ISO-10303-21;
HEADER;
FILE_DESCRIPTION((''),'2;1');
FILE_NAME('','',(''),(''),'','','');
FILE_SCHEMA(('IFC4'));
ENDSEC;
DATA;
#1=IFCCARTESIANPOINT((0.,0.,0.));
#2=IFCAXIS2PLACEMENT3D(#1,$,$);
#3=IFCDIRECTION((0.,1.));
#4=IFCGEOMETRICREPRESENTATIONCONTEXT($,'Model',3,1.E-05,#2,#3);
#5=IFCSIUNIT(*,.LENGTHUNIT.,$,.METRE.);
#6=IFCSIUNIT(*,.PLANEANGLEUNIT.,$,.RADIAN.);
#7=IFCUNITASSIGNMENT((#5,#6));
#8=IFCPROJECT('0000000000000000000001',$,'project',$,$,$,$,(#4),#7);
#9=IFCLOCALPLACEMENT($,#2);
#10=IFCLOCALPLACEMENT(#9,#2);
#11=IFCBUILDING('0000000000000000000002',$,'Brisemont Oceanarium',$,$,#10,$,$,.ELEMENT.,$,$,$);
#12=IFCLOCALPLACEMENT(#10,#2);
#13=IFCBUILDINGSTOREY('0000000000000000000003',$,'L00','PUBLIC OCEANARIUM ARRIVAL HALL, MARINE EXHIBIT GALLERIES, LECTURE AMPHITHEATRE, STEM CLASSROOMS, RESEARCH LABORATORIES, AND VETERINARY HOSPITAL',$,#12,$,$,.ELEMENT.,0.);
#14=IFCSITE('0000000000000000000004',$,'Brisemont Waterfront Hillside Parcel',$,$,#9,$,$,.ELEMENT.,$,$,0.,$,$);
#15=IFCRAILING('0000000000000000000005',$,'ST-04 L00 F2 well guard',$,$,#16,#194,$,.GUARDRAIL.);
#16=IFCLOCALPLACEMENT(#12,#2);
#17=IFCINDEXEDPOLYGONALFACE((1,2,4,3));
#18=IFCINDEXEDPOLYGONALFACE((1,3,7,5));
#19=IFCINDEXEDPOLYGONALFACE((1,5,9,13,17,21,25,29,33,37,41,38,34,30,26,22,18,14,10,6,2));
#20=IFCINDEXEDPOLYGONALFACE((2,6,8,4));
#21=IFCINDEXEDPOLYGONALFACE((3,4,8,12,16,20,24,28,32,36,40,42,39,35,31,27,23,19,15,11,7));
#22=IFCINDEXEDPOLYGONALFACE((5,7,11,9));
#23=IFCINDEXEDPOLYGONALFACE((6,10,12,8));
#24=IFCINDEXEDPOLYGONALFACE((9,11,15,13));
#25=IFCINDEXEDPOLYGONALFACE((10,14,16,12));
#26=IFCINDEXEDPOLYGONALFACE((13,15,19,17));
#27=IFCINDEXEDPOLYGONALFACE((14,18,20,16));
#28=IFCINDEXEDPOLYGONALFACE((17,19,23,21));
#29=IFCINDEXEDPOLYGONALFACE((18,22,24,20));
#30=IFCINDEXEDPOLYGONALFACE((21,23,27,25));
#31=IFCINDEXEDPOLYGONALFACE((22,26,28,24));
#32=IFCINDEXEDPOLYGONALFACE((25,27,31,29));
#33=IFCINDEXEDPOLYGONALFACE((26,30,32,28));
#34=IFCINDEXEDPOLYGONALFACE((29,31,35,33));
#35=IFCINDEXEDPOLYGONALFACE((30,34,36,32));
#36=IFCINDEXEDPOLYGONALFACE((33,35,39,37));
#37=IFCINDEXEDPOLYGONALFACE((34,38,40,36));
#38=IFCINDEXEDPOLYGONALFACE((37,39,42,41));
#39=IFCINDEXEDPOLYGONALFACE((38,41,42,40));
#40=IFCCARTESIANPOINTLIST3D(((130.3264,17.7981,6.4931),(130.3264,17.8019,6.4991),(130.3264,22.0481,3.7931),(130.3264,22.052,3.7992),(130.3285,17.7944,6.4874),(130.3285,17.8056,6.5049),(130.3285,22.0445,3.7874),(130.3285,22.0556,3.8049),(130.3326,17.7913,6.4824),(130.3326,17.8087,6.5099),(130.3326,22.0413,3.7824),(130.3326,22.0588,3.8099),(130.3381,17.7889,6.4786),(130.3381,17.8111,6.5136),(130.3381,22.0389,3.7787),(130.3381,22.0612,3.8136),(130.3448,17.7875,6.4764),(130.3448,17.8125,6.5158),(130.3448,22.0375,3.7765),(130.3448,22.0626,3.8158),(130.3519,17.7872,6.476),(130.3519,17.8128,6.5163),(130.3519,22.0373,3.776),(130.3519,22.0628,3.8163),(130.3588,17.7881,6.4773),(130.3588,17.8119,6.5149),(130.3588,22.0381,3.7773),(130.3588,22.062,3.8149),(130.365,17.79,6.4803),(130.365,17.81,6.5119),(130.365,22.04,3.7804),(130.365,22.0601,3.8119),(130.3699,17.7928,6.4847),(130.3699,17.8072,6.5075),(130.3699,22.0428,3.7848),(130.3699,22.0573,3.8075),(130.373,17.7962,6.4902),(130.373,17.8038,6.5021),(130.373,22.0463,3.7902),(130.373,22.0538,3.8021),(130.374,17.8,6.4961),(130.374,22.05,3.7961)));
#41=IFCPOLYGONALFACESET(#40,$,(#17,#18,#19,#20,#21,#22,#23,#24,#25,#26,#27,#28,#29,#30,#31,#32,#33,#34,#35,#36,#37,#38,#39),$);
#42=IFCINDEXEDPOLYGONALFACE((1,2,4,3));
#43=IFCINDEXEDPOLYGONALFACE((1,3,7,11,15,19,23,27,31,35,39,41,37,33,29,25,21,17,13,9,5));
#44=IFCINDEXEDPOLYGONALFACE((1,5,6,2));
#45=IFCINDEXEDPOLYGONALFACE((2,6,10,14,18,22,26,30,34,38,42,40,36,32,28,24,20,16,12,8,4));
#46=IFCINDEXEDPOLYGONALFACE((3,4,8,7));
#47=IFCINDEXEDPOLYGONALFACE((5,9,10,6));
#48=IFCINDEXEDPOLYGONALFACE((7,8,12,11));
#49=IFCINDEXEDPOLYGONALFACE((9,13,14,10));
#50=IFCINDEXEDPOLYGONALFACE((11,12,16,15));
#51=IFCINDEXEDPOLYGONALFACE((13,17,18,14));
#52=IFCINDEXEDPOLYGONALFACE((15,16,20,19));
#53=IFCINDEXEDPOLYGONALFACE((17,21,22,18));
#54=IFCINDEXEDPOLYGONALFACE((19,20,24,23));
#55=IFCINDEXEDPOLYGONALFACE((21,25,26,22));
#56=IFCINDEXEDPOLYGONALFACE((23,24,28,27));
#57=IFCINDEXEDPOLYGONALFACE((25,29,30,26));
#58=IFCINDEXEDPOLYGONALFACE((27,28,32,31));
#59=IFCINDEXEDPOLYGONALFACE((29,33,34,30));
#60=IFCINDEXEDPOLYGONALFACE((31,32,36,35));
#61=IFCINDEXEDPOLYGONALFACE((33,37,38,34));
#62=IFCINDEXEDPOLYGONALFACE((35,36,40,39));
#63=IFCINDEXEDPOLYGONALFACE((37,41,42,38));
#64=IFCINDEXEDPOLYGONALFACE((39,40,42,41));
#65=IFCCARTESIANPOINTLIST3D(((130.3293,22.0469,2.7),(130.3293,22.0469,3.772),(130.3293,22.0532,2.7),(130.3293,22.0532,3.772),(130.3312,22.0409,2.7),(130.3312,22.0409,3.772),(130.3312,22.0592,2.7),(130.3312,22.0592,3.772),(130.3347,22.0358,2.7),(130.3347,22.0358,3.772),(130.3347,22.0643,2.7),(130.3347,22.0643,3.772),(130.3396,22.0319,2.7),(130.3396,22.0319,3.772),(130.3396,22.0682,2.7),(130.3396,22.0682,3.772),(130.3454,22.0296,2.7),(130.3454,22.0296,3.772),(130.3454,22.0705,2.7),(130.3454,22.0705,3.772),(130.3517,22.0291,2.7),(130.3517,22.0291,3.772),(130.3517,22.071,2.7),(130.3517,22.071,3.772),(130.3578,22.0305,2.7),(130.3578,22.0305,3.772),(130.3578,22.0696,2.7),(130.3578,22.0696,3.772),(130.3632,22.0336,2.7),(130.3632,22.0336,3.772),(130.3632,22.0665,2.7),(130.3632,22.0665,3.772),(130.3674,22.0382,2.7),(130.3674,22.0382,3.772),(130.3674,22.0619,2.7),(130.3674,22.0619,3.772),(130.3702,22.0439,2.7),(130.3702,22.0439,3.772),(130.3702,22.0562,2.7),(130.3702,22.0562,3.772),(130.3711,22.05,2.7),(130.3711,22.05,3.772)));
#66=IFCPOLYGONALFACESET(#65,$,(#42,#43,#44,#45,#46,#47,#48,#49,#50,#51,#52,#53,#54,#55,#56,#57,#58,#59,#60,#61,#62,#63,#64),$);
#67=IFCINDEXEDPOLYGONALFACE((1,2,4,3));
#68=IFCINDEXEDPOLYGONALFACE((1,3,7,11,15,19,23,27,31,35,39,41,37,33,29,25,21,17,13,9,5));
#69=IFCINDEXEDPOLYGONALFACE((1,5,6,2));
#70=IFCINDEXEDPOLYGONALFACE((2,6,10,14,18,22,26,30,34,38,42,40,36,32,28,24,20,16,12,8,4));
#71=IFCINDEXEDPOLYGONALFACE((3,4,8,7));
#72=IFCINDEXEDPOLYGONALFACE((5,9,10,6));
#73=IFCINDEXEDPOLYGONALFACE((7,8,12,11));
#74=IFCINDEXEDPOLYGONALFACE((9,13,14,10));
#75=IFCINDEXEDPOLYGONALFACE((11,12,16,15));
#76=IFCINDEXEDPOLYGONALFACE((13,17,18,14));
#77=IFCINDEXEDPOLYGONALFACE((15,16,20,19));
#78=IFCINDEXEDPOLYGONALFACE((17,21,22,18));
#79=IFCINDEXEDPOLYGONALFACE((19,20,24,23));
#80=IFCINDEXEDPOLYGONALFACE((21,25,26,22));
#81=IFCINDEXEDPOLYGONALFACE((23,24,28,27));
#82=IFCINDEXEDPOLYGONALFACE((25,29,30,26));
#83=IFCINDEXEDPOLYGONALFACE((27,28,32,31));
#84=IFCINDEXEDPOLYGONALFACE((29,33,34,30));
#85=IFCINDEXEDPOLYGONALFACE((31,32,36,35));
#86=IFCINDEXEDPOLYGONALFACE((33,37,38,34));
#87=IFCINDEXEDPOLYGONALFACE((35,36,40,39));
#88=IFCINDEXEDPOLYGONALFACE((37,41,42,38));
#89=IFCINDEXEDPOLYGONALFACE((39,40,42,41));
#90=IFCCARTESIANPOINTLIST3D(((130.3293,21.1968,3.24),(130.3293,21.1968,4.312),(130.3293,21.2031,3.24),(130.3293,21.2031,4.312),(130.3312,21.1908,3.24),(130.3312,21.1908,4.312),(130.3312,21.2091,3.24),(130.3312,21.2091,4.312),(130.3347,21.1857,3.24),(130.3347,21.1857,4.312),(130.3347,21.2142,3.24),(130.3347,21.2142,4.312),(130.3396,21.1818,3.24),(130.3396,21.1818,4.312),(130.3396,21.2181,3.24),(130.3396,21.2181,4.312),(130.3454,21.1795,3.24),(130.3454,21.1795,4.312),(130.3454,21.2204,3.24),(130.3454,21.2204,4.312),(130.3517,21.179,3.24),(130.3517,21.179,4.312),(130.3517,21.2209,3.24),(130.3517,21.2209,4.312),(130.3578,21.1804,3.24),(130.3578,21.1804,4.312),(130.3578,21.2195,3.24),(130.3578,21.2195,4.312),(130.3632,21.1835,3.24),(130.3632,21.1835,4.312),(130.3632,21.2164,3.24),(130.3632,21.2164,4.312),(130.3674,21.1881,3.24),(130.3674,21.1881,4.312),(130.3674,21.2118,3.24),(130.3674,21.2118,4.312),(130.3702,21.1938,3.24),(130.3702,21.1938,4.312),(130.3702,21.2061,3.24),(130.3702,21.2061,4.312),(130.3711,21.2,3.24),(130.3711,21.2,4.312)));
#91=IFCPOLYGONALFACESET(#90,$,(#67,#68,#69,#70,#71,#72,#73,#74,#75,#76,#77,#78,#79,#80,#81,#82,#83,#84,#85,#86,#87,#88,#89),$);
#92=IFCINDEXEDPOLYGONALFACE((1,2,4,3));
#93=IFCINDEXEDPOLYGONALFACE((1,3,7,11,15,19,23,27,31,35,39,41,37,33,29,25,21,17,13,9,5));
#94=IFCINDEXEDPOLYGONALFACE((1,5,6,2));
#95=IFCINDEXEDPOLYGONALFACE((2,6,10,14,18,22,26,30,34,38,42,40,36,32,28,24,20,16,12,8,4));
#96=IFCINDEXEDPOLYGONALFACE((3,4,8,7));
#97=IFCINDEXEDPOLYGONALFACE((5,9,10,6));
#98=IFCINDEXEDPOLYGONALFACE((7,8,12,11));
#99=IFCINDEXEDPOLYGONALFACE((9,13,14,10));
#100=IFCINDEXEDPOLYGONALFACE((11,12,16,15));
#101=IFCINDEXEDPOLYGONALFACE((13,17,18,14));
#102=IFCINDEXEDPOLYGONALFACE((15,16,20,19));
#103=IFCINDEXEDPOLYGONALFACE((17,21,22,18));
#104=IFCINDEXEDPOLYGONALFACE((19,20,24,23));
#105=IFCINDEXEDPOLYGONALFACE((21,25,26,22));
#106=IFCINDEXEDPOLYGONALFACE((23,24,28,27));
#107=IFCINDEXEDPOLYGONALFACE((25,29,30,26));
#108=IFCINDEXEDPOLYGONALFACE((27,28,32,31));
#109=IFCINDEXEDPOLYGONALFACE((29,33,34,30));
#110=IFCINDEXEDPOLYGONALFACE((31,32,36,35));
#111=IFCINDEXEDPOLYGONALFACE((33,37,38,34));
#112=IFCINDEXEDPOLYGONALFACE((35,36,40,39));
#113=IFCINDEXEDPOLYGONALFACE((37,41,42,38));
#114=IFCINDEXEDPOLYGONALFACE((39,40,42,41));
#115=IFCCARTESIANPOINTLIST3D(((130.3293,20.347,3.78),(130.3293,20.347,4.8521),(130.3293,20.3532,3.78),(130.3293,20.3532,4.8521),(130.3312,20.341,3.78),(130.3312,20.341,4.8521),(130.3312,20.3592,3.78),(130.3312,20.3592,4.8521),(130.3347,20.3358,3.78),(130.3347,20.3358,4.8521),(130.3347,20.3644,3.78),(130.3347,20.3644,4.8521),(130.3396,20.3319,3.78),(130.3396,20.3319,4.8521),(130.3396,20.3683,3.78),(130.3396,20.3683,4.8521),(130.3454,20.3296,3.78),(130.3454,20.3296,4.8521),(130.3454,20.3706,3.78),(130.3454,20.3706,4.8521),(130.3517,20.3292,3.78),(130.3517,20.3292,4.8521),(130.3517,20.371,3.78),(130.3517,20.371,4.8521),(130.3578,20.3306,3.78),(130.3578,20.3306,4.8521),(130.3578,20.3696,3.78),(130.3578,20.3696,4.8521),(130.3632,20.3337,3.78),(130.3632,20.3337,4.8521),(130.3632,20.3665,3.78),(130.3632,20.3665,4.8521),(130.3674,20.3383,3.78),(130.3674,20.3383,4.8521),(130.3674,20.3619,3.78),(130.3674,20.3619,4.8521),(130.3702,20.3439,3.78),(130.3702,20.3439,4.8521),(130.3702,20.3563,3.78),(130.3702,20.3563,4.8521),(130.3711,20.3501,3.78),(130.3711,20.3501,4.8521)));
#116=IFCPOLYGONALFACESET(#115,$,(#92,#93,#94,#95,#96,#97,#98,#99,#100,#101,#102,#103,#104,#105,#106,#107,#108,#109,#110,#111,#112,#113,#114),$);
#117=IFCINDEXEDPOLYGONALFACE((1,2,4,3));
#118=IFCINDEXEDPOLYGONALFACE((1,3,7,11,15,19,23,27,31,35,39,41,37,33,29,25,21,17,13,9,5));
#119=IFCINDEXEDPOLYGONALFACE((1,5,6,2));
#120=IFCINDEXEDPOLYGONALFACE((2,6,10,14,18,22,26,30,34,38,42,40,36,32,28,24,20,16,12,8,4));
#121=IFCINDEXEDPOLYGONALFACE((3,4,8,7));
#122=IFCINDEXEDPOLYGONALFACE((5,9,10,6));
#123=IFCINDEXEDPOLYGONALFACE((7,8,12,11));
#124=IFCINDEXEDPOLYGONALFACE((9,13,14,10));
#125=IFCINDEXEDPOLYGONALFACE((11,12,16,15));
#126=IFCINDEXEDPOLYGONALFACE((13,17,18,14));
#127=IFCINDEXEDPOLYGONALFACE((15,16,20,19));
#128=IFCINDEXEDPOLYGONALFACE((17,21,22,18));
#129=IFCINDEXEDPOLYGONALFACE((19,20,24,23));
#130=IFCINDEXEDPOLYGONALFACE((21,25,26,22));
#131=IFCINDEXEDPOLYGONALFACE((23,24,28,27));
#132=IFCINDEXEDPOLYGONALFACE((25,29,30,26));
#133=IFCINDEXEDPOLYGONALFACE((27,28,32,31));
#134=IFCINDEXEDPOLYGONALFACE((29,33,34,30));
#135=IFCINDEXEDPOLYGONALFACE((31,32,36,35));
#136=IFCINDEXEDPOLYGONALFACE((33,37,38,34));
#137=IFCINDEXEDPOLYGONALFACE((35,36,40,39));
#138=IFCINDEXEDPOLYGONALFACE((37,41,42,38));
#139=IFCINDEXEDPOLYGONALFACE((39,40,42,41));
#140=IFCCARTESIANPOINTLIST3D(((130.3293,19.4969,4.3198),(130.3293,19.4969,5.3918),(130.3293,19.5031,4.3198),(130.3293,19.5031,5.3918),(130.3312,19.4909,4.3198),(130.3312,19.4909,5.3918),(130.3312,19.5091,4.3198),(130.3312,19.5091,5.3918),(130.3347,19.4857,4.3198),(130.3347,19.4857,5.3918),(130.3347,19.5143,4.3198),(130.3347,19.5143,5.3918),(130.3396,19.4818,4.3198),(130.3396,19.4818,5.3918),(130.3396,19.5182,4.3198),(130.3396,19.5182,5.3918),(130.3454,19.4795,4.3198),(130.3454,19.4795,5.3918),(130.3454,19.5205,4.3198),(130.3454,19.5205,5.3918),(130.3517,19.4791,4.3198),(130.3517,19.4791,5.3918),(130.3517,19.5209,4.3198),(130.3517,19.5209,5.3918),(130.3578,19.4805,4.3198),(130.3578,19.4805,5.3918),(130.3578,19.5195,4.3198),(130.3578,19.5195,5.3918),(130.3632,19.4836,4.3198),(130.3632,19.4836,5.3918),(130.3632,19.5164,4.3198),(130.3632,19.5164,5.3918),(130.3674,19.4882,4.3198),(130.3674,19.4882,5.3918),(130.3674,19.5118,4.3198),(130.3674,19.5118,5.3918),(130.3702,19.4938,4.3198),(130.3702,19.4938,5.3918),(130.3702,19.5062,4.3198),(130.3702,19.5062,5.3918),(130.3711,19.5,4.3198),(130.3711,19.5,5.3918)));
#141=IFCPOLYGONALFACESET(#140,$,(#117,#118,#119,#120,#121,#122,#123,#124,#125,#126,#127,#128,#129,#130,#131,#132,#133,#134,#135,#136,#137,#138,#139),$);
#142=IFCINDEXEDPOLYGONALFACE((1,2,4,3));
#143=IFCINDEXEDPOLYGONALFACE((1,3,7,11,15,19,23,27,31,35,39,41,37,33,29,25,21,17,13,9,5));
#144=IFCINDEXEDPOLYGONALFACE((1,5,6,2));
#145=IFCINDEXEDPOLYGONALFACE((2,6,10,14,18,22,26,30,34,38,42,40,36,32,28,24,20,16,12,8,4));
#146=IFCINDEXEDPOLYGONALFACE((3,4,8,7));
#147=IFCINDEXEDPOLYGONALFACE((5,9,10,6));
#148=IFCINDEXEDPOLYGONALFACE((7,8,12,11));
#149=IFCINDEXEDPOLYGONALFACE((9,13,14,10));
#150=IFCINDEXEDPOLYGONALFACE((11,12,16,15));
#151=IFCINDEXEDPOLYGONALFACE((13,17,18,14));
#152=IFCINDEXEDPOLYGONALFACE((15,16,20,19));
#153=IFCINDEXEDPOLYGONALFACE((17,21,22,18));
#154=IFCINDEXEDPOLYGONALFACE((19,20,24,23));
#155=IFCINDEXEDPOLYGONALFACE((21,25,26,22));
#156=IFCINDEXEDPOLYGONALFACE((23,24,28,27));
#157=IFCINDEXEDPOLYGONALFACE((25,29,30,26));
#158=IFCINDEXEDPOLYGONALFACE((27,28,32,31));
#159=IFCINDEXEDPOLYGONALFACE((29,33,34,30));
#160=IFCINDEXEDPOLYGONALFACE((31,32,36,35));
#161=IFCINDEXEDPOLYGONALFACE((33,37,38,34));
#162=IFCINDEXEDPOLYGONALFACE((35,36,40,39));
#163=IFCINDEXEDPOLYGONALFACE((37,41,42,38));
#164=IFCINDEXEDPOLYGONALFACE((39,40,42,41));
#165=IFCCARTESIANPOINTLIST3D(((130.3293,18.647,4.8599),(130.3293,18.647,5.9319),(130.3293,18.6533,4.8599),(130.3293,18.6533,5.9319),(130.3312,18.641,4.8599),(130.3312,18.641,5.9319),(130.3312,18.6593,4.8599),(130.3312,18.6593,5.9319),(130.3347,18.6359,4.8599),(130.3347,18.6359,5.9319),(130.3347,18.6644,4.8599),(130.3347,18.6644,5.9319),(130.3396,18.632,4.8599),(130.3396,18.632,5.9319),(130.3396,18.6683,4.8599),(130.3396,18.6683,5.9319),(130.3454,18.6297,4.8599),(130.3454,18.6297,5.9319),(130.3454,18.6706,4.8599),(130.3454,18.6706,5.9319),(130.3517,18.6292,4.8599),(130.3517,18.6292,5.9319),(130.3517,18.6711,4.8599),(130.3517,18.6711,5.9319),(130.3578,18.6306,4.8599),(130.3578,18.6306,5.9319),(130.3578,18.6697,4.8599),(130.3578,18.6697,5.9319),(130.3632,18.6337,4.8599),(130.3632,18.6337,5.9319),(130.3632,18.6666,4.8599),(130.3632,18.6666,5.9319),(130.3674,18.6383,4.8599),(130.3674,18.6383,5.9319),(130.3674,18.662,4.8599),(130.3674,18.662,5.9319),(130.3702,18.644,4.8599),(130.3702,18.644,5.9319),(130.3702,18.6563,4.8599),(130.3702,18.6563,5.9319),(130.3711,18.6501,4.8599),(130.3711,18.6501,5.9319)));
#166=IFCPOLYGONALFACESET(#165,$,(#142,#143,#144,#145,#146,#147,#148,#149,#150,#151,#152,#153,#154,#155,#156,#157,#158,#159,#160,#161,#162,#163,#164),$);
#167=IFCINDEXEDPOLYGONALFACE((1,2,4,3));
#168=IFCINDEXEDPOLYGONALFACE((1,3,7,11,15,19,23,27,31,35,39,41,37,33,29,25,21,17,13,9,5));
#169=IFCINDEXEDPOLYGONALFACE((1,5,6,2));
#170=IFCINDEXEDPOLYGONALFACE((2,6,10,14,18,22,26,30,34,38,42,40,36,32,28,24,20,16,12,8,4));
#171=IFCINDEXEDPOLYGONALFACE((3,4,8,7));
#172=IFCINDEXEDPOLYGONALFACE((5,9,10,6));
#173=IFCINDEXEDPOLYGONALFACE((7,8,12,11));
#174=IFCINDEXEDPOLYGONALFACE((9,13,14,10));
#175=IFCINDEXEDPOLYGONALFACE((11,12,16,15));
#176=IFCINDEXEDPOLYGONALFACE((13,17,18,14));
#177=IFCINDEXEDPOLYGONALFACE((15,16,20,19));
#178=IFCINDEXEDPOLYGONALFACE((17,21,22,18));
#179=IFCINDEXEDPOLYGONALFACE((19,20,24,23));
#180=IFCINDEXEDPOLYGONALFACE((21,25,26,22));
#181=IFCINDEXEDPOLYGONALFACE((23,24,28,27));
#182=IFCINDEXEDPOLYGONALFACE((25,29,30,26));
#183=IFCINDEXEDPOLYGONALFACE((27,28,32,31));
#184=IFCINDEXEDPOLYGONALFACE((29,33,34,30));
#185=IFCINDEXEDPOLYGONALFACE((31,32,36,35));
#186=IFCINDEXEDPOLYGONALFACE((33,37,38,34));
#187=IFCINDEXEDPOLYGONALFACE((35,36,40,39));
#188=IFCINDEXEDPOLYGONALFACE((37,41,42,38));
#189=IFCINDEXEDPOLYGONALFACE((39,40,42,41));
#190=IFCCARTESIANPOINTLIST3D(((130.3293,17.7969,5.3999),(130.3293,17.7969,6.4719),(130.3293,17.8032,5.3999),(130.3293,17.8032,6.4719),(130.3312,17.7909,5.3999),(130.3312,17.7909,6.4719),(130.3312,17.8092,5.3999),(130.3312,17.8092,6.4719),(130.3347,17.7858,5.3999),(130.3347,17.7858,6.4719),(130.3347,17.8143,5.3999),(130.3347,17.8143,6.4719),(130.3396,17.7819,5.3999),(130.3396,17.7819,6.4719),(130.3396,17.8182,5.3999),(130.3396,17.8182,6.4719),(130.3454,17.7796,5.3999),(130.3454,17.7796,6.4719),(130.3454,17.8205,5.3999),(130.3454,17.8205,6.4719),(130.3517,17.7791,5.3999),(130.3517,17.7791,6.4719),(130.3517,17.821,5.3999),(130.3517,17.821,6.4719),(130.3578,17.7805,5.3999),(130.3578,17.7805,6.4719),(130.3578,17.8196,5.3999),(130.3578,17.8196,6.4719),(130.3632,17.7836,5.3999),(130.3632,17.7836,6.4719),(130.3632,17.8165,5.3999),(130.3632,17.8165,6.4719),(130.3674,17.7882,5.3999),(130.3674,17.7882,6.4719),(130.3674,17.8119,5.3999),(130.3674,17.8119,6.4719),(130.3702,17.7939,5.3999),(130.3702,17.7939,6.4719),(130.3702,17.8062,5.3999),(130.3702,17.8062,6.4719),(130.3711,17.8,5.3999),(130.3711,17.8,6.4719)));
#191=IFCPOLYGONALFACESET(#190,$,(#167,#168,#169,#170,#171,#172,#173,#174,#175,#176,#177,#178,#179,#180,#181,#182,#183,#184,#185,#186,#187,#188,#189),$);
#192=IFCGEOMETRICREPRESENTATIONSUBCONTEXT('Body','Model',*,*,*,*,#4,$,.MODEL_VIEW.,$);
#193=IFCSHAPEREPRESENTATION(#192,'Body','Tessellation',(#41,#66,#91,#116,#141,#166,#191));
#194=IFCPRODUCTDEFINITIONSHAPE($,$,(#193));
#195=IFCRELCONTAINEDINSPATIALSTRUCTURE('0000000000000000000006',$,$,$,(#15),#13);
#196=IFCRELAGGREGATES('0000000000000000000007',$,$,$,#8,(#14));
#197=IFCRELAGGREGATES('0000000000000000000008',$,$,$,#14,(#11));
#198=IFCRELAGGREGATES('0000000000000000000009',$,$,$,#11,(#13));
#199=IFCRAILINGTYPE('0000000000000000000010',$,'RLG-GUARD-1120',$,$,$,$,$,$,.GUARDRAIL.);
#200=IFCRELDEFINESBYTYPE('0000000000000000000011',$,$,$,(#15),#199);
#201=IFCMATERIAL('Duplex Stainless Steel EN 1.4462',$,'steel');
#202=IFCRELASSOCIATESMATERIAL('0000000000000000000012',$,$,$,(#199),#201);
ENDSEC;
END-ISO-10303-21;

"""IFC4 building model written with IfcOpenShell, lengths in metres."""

from ifc_helpers import new_model, si_unit, direction, frame, origin, origin_2d, place, context, subcontext, project, spatial, circle, extrude, material, type_object, element, save


model = new_model("IFC4")

# Units and contexts
model_context = context("Model", 3, precision=1e-05, world=origin(), true_north=direction((0.0, 1.0)))
body_context = subcontext(model_context, "Body", "Model", "MODEL_VIEW")
ifc_project = project(units=[si_unit("LENGTHUNIT", "METRE"), si_unit("PLANEANGLEUNIT", "RADIAN")], contexts=[model_context])

# Site, building, storey
site_placement = place(None, origin())
site = spatial("IfcSite", under=ifc_project, at=site_placement, Name="Brisemont Waterfront Hillside Parcel", CompositionType="ELEMENT", RefElevation=0.0)
building_placement = place(site_placement, origin())
building = spatial("IfcBuilding", under=site, at=building_placement, Name="Brisemont Oceanarium", CompositionType="ELEMENT")
storey_placement = place(building_placement, origin())
storey = spatial("IfcBuildingStorey", under=building, at=storey_placement, Name="L00", Description="PUBLIC OCEANARIUM ARRIVAL HALL, MARINE EXHIBIT GALLERIES, LECTURE AMPHITHEATRE, STEM CLASSROOMS, RESEARCH LABORATORIES, AND VETERINARY HOSPITAL", CompositionType="ELEMENT", Elevation=0.0)

# Railing
ifc_material_1 = material(Name="Duplex Stainless Steel EN 1.4462", Category="steel")
railing_type_1 = type_object("IfcRailingType", Name="RLG-GUARD-1120", PredefinedType="GUARDRAIL", material=ifc_material_1)
railing_1_placement = place(storey_placement, frame((130.3501, 22.05, 2.7)))
element("IfcRailing", 1, at=railing_1_placement, inside=storey, type_object=railing_type_1, Name="ST-04 L00 F2 well guard", PredefinedType="GUARDRAIL", context=body_context, shape_type="SweptSolid", body=[
    extrude(circle(Radius=0.0239, at=origin_2d()), frame((0.0, 0.0, 1.0962), z_axis=(0.0, -0.844075, 0.536226), x_axis=(1.0, 0.0, 0.0)), (0.0, 0.0, 1.0), 5.0352),
    extrude(circle(Radius=0.021, at=origin_2d()), origin(), (0.0, 0.0, 1.0), 1.072),
    extrude(circle(Radius=0.021, at=origin_2d()), frame((0.0, -0.8501, 0.54)), (0.0, 0.0, 1.0), 1.072),
    extrude(circle(Radius=0.021, at=origin_2d()), frame((0.0, -1.7, 1.0801)), (0.0, 0.0, 1.0), 1.072),
    extrude(circle(Radius=0.021, at=origin_2d()), frame((0.0, -2.55, 1.6199)), (0.0, 0.0, 1.0), 1.072),
    extrude(circle(Radius=0.021, at=origin_2d()), frame((0.0, -3.3999, 2.1599)), (0.0, 0.0, 1.0), 1.072),
    extrude(circle(Radius=0.021, at=origin_2d()), frame((0.0, -4.25, 2.7)), (0.0, 0.0, 1.0), 1.072),
])

save(model, "model.ifc")
